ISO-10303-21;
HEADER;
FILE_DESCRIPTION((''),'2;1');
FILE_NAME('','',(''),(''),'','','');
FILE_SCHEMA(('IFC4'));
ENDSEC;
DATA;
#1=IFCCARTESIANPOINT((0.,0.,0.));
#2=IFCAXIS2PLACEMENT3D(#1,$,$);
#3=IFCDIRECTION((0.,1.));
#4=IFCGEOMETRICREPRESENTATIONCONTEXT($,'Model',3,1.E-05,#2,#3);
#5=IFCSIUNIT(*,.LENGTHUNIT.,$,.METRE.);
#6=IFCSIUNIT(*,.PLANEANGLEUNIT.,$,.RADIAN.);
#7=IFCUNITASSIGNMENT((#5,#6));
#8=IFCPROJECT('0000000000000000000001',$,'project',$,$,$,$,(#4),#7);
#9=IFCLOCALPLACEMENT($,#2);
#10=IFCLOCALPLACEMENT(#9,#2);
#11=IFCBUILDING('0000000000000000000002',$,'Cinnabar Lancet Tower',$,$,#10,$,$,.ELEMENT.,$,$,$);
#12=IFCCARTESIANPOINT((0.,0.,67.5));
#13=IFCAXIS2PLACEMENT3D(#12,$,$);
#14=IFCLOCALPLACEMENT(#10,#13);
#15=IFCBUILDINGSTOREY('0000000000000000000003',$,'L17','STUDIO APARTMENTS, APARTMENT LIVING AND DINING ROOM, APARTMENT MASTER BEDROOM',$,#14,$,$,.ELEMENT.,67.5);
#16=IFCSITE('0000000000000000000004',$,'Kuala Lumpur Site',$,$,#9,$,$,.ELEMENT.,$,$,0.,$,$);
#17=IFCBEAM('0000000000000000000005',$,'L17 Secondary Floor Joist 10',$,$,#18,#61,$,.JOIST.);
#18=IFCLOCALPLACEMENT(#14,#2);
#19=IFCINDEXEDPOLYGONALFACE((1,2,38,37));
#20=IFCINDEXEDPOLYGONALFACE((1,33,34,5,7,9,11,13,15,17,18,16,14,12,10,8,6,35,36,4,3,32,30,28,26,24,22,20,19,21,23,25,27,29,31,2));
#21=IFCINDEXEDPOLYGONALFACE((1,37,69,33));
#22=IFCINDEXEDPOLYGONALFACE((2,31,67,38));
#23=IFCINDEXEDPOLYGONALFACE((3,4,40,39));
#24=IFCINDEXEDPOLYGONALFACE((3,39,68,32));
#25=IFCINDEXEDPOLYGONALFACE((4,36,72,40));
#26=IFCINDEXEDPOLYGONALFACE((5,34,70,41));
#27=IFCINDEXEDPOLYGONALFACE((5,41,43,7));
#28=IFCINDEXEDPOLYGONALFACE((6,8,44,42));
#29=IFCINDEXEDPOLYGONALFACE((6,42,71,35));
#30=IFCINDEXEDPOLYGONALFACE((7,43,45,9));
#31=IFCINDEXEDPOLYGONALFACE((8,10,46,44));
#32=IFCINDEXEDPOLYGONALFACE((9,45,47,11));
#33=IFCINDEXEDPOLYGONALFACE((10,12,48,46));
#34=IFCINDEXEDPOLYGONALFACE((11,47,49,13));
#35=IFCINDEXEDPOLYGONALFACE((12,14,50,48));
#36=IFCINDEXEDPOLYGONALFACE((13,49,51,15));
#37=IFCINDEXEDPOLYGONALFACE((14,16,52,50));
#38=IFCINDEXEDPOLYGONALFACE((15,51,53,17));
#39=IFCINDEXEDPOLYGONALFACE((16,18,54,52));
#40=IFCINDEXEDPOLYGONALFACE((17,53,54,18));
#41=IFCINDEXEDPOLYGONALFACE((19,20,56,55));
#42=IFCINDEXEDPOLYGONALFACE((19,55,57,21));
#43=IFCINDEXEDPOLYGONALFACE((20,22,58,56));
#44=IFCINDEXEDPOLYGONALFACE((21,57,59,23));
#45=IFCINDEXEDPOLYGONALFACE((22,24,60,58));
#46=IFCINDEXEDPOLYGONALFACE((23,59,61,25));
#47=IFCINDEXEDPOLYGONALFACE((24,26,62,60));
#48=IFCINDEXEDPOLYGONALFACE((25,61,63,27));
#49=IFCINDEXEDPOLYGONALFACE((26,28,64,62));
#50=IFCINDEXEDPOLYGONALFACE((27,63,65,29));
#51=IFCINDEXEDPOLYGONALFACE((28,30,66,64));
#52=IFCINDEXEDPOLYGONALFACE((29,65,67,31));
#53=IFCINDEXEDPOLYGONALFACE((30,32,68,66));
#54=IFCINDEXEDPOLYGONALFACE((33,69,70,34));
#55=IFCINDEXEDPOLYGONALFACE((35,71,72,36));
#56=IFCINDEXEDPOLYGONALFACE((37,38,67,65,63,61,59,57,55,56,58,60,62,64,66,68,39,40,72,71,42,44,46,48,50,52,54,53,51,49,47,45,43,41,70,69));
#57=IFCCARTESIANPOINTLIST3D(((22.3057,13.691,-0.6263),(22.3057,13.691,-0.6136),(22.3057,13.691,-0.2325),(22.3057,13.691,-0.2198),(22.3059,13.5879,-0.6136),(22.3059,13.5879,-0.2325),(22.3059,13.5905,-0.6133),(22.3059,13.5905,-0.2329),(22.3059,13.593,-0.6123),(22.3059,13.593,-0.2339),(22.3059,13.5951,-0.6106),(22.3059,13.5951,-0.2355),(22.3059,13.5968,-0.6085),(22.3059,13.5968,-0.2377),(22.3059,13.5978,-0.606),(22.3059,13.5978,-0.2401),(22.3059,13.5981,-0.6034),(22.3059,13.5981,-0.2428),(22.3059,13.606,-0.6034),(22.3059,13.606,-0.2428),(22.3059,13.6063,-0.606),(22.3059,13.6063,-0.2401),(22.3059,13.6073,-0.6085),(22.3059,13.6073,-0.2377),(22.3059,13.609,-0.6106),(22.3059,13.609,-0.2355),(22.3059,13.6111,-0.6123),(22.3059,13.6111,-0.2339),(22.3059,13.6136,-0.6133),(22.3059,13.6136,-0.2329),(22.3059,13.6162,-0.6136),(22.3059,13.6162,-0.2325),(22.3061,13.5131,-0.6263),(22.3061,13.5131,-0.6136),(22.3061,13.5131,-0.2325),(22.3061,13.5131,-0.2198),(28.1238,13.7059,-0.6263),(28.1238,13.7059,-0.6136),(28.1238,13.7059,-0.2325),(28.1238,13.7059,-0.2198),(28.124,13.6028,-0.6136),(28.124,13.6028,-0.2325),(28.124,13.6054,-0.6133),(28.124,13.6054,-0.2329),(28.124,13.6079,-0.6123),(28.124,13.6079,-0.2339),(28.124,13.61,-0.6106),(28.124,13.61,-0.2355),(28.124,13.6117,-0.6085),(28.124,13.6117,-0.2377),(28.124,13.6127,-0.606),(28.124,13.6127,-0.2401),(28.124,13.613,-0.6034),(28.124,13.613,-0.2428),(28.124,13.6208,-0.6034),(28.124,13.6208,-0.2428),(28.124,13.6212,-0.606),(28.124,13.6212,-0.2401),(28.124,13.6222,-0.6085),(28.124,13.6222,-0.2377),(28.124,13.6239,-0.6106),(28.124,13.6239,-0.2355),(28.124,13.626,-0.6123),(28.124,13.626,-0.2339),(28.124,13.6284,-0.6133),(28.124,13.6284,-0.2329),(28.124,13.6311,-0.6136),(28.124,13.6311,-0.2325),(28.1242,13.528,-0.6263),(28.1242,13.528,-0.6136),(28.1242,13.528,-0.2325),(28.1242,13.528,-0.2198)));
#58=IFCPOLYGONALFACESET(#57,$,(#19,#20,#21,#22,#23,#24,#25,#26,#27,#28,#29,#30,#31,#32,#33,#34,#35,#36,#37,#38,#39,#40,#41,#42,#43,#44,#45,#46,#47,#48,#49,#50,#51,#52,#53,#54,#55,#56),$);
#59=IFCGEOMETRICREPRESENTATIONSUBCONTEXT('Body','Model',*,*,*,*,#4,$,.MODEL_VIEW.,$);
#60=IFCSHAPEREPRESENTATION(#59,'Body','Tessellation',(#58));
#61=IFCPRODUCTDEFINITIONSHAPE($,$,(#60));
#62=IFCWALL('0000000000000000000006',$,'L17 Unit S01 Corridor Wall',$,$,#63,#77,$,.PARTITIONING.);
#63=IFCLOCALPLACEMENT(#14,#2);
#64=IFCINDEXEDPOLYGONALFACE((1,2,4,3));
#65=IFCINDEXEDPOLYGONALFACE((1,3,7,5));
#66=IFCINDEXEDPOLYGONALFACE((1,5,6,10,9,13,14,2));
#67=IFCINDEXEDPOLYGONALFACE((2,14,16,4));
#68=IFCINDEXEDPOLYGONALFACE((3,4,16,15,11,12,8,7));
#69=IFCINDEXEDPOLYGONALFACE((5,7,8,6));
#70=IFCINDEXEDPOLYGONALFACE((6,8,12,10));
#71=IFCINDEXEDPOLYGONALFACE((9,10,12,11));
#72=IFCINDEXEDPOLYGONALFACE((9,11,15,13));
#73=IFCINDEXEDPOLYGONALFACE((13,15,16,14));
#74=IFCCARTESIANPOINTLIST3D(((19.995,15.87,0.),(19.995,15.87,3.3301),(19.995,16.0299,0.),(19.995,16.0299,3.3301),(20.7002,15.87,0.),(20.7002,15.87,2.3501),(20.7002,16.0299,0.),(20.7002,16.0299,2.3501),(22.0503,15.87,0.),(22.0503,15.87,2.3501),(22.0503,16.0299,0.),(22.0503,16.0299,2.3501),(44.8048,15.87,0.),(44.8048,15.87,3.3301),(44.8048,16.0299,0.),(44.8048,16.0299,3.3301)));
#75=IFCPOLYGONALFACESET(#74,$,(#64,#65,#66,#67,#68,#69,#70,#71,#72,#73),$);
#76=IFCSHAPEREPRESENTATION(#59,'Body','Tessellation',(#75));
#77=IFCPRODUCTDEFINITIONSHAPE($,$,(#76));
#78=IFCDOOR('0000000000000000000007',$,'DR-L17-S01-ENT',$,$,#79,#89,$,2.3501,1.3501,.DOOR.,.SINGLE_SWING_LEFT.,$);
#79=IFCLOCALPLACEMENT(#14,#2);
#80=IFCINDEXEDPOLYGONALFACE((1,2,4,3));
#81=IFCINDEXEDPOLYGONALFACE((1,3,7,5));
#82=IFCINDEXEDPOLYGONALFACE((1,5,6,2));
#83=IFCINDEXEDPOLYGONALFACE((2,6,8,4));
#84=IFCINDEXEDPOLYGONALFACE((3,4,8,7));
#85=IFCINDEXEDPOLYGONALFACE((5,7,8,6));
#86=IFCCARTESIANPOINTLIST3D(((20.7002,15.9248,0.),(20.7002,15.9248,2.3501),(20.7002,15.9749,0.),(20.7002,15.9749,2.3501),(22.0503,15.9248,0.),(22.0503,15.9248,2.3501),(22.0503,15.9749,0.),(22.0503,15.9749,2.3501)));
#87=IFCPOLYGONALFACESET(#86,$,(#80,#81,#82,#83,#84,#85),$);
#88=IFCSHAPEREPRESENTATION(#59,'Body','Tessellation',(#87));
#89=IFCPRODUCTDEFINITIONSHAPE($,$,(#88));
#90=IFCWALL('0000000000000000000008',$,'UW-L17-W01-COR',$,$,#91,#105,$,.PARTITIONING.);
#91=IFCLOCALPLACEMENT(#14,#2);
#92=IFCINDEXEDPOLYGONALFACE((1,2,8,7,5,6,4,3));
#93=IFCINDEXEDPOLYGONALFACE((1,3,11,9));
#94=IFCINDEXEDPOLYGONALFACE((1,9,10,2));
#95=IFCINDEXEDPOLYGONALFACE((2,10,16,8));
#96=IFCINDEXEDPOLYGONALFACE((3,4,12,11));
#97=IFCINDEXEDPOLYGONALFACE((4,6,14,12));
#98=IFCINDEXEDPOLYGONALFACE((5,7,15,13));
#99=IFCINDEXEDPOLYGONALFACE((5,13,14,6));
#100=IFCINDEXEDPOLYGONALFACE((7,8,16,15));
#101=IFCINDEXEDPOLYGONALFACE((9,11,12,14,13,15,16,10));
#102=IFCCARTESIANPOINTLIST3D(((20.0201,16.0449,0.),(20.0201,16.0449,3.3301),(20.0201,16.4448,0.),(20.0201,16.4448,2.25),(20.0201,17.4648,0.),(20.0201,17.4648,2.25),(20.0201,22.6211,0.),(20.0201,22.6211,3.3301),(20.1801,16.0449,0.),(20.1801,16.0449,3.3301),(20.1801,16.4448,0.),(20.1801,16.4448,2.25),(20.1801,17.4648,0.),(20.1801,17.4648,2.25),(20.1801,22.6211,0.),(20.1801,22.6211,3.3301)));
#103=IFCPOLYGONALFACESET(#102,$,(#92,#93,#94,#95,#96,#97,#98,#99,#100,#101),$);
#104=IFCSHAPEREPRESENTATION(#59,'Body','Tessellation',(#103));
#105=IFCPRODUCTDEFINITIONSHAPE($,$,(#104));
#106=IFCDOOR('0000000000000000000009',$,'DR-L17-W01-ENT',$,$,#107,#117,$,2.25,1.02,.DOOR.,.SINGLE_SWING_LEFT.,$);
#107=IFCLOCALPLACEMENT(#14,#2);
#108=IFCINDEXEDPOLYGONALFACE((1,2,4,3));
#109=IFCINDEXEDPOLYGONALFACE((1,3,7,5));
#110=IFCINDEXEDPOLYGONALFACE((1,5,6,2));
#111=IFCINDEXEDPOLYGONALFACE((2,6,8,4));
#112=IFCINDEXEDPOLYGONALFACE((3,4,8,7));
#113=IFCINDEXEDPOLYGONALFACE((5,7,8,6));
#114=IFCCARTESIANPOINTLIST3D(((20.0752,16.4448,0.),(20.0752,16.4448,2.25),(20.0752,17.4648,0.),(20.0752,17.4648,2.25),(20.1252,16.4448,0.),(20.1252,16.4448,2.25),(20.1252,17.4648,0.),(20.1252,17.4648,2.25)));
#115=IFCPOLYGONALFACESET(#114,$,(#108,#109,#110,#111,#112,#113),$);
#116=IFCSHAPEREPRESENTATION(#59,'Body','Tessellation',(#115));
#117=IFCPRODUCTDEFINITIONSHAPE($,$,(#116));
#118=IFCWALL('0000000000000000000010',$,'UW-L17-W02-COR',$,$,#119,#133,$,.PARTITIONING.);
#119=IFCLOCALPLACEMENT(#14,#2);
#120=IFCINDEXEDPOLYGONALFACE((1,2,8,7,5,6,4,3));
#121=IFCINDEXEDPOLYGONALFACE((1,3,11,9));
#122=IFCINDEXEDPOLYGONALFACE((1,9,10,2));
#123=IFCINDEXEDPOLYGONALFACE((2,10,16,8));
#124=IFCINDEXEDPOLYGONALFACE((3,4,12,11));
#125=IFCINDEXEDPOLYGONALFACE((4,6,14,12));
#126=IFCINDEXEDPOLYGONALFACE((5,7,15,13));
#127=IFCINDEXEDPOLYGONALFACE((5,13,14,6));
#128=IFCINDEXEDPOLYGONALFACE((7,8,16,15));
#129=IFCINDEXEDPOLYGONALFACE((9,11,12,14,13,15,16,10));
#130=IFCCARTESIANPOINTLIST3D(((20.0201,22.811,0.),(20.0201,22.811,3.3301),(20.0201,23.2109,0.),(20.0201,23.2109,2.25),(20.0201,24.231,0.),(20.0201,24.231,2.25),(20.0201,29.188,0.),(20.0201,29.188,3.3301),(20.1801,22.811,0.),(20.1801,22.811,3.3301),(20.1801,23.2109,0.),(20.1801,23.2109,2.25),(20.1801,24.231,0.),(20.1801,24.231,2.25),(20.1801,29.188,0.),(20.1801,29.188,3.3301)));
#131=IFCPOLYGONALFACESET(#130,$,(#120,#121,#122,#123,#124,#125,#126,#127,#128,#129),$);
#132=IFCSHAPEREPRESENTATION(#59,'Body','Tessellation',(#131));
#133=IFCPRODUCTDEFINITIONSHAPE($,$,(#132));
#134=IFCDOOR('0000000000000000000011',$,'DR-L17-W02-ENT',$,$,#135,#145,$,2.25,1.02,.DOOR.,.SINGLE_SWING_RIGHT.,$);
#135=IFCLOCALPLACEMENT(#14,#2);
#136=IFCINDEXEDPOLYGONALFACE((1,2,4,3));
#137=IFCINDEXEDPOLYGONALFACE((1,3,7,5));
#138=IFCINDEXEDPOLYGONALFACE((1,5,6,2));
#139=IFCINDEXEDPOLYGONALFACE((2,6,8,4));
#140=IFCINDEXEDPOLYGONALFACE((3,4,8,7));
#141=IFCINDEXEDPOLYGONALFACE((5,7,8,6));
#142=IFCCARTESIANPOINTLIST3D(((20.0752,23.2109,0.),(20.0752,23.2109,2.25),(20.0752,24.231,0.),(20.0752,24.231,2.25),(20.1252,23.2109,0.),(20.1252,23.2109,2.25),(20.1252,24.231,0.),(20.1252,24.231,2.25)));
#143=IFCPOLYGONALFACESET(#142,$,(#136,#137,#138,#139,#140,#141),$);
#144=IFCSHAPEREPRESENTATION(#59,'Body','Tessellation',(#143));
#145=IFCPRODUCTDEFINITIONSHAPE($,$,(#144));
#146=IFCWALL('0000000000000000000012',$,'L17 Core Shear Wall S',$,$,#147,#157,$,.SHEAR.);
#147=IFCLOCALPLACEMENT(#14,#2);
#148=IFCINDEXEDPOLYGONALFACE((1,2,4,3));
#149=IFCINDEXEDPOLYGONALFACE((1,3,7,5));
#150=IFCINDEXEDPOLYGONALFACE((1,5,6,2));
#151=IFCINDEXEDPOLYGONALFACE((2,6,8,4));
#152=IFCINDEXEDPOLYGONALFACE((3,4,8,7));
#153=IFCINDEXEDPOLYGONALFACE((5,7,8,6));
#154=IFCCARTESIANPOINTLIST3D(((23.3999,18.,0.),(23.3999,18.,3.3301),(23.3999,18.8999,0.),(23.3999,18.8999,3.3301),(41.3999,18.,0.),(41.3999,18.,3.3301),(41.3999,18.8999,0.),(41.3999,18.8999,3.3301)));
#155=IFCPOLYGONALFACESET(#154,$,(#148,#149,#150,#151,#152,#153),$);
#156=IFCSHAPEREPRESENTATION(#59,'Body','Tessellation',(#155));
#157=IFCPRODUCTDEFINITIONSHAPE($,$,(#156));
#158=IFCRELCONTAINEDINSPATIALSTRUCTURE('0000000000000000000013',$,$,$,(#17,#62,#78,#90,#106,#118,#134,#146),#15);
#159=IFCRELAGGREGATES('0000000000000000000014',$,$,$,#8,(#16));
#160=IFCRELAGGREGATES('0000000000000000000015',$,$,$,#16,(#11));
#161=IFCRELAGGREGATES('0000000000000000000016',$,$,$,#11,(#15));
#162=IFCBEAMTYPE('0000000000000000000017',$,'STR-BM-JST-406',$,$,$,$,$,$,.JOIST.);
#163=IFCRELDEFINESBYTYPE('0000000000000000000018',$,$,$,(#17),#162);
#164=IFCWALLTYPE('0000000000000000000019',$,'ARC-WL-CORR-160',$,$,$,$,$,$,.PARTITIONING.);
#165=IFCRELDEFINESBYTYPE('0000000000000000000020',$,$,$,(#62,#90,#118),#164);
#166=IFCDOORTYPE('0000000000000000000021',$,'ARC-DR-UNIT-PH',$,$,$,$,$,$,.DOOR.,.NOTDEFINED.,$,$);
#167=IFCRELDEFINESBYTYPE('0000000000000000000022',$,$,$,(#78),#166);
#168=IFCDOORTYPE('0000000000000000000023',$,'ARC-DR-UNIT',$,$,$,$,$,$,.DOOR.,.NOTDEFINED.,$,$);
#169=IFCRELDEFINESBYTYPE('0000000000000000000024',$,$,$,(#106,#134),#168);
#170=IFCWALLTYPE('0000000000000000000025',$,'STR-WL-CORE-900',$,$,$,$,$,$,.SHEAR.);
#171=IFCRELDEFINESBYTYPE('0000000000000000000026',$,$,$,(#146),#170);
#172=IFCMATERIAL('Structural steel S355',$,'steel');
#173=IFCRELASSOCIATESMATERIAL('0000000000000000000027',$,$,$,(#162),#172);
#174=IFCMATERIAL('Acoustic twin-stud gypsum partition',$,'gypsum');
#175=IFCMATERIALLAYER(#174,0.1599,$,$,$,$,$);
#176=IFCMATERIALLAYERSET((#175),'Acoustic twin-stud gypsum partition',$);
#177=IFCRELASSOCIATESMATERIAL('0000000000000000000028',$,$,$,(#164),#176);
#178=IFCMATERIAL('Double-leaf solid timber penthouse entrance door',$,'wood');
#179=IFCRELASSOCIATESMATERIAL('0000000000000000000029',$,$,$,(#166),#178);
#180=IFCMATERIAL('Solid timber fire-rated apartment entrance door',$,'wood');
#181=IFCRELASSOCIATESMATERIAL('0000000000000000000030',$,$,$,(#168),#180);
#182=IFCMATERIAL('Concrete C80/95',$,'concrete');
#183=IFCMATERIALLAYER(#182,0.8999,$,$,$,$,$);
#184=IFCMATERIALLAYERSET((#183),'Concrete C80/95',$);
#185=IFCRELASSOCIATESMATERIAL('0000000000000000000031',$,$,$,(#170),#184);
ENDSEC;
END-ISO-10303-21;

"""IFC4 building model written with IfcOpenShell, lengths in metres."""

from ifc_helpers import new_model, si_unit, direction, frame, frame_2d, origin, origin_2d, place, context, subcontext, project, spatial, rectangle, i_section, extrude, material, layer, layer_set, material_profile, profile_set, type_object, element, fill, save


model = new_model("IFC4")

# Units and contexts
model_context = context("Model", 3, precision=1e-05, world=origin(), true_north=direction((0.0, 1.0)))
body_context = subcontext(model_context, "Body", "Model", "MODEL_VIEW")
ifc_project = project(units=[si_unit("LENGTHUNIT", "METRE"), si_unit("PLANEANGLEUNIT", "RADIAN")], contexts=[model_context])

# Site, building, storey
site_placement = place(None, origin())
site = spatial("IfcSite", under=ifc_project, at=site_placement, Name="Kuala Lumpur Site", CompositionType="ELEMENT", RefElevation=0.0)
building_placement = place(site_placement, origin())
building = spatial("IfcBuilding", under=site, at=building_placement, Name="Cinnabar Lancet Tower", CompositionType="ELEMENT")
storey_placement = place(building_placement, frame((0.0, 0.0, 67.5)))
storey = spatial("IfcBuildingStorey", under=building, at=storey_placement, Name="L17", Description="STUDIO APARTMENTS, APARTMENT LIVING AND DINING ROOM, APARTMENT MASTER BEDROOM", CompositionType="ELEMENT", Elevation=67.5)

# Beam
ifc_material_1 = material(Name="Structural steel S355", Category="steel")
ifc_material_profile_1 = material_profile(ifc_material_1, i_section(OverallWidth=0.178, OverallDepth=0.4065, WebThickness=0.0078, FlangeThickness=0.0127, FilletRadius=0.0103, at=origin_2d()), Name="UKB 406x178x60")
ifc_profile_set_1 = profile_set([ifc_material_profile_1], Name="Structural steel S355")
beam_type = type_object("IfcBeamType", Name="STR-BM-JST-406", PredefinedType="JOIST", material=ifc_profile_set_1)
beam_1_placement = place(storey_placement, frame((22.3059, 13.6021, -0.4231), z_axis=(0.999997, 0.00256, 0.0), x_axis=(-0.00256, 0.999997, 0.0)))
element("IfcBeam", 1, at=beam_1_placement, inside=storey, type_object=beam_type, Name="L17 Secondary Floor Joist 10", PredefinedType="JOIST", context=body_context, shape_type="SweptSolid", body=[
    extrude(i_section(OverallWidth=0.178, OverallDepth=0.4065, WebThickness=0.0078, FlangeThickness=0.0127, FilletRadius=0.0103, at=origin_2d()), origin(), (0.0, 0.0, 1.0), 5.8181),
])

# Walls, openings, doors
ifc_material_2 = material(Name="Acoustic twin-stud gypsum partition", Category="gypsum")
ifc_layer_1 = layer(ifc_material_2, 0.1599)
ifc_layer_set_1 = layer_set([ifc_layer_1], Name="Acoustic twin-stud gypsum partition")
wall_type_1 = type_object("IfcWallType", Name="ARC-WL-CORR-160", PredefinedType="PARTITIONING", material=ifc_layer_set_1)
wall_1_placement = place(storey_placement, frame((19.9951, 15.95, 0.0), z_axis=(0.0, 0.0, 1.0), x_axis=(1.0, 0.0, 0.0)))
wall_1 = element("IfcWall", 2, at=wall_1_placement, inside=storey, type_object=wall_type_1, Name="L17 Unit S01 Corridor Wall", PredefinedType="PARTITIONING", context=body_context, shape_type="SweptSolid", body=[
    extrude(rectangle(XDim=24.8098, YDim=0.1599, at=frame_2d((12.4048, 0.0))), origin(), (0.0, 0.0, 1.0), 3.3301),
])
opening_1_placement = place(wall_1_placement, frame((0.7051, 0.0, 0.0)))
opening_1 = element("IfcOpeningElement", 3, at=opening_1_placement, cuts=wall_1, PredefinedType="OPENING", context=body_context, shape_type="SweptSolid", body=[
    extrude(rectangle(XDim=1.3501, YDim=2.3501, at=frame_2d((0.675, 1.175))), frame((0.0, 0.0898, 0.0), z_axis=(0.0, -1.0, 0.0), x_axis=(1.0, 0.0, 0.0)), (0.0, 0.0, 1.0), 0.1799),
])
ifc_material_3 = material(Name="Double-leaf solid timber penthouse entrance door", Category="wood")
door_type_1 = type_object("IfcDoorType", Name="ARC-DR-UNIT-PH", OperationType="NOTDEFINED", PredefinedType="DOOR", material=ifc_material_3)
door_1_placement = place(opening_1_placement, origin())
door_1 = element("IfcDoor", 4, at=door_1_placement, inside=storey, type_object=door_type_1, Name="DR-L17-S01-ENT", OperationType="SINGLE_SWING_LEFT", OverallHeight=2.3501, OverallWidth=1.3501, PredefinedType="DOOR", context=body_context, shape_type="SweptSolid", body=[
    extrude(rectangle(XDim=1.3501, YDim=2.3501, at=frame_2d((0.675, 1.175))), frame((0.0, 0.0249, 0.0), z_axis=(0.0, -1.0, 0.0), x_axis=(1.0, 0.0, 0.0)), (0.0, 0.0, 1.0), 0.05),
])
fill(opening_1, door_1)
wall_2_placement = place(storey_placement, frame((20.1001, 16.0449, 0.0), z_axis=(0.0, 0.0, 1.0), x_axis=(0.0, 1.0, 0.0)))
wall_2 = element("IfcWall", 5, at=wall_2_placement, inside=storey, type_object=wall_type_1, Name="UW-L17-W01-COR", PredefinedType="PARTITIONING", context=body_context, shape_type="SweptSolid", body=[
    extrude(rectangle(XDim=6.5762, YDim=0.1599, at=frame_2d((3.2881, 0.0))), origin(), (0.0, 0.0, 1.0), 3.3301),
])
opening_2_placement = place(wall_2_placement, frame((0.3999, 0.0, 0.0)))
opening_2 = element("IfcOpeningElement", 6, at=opening_2_placement, cuts=wall_2, PredefinedType="OPENING", context=body_context, shape_type="SweptSolid", body=[
    extrude(rectangle(XDim=1.02, YDim=2.25, at=frame_2d((0.51, 1.125))), frame((0.0, 0.0898, 0.0), z_axis=(0.0, -1.0, 0.0), x_axis=(1.0, 0.0, 0.0)), (0.0, 0.0, 1.0), 0.1799),
])
ifc_material_4 = material(Name="Solid timber fire-rated apartment entrance door", Category="wood")
door_type_2 = type_object("IfcDoorType", Name="ARC-DR-UNIT", OperationType="NOTDEFINED", PredefinedType="DOOR", material=ifc_material_4)
door_2_placement = place(opening_2_placement, origin())
door_2 = element("IfcDoor", 7, at=door_2_placement, inside=storey, type_object=door_type_2, Name="DR-L17-W01-ENT", OperationType="SINGLE_SWING_LEFT", OverallHeight=2.25, OverallWidth=1.02, PredefinedType="DOOR", context=body_context, shape_type="SweptSolid", body=[
    extrude(rectangle(XDim=1.02, YDim=2.25, at=frame_2d((0.51, 1.125))), frame((0.0, 0.0249, 0.0), z_axis=(0.0, -1.0, 0.0), x_axis=(1.0, 0.0, 0.0)), (0.0, 0.0, 1.0), 0.05),
])
fill(opening_2, door_2)
wall_3_placement = place(storey_placement, frame((20.1001, 22.811, 0.0), z_axis=(0.0, 0.0, 1.0), x_axis=(0.0, 1.0, 0.0)))
wall_3 = element("IfcWall", 8, at=wall_3_placement, inside=storey, type_object=wall_type_1, Name="UW-L17-W02-COR", PredefinedType="PARTITIONING", context=body_context, shape_type="SweptSolid", body=[
    extrude(rectangle(XDim=6.377, YDim=0.1599, at=frame_2d((3.1885, 0.0))), origin(), (0.0, 0.0, 1.0), 3.3301),
])
opening_3_placement = place(wall_3_placement, frame((0.3999, 0.0, 0.0)))
opening_3 = element("IfcOpeningElement", 9, at=opening_3_placement, cuts=wall_3, PredefinedType="OPENING", context=body_context, shape_type="SweptSolid", body=[
    extrude(rectangle(XDim=1.02, YDim=2.25, at=frame_2d((0.51, 1.125))), frame((0.0, 0.0898, 0.0), z_axis=(0.0, -1.0, 0.0), x_axis=(1.0, 0.0, 0.0)), (0.0, 0.0, 1.0), 0.1799),
])
door_3_placement = place(opening_3_placement, origin())
door_3 = element("IfcDoor", 10, at=door_3_placement, inside=storey, type_object=door_type_2, Name="DR-L17-W02-ENT", OperationType="SINGLE_SWING_RIGHT", OverallHeight=2.25, OverallWidth=1.02, PredefinedType="DOOR", context=body_context, shape_type="SweptSolid", body=[
    extrude(rectangle(XDim=1.02, YDim=2.25, at=frame_2d((0.51, 1.125))), frame((0.0, 0.0249, 0.0), z_axis=(0.0, -1.0, 0.0), x_axis=(1.0, 0.0, 0.0)), (0.0, 0.0, 1.0), 0.05),
])
fill(opening_3, door_3)

# Wall
ifc_material_5 = material(Name="Concrete C80/95", Category="concrete")
ifc_layer_2 = layer(ifc_material_5, 0.8999)
ifc_layer_set_2 = layer_set([ifc_layer_2], Name="Concrete C80/95")
wall_type_2 = type_object("IfcWallType", Name="STR-WL-CORE-900", PredefinedType="SHEAR", material=ifc_layer_set_2)
wall_4_placement = place(storey_placement, frame((23.3999, 18.45, 0.0), z_axis=(0.0, 0.0, 1.0), x_axis=(1.0, 0.0, 0.0)))
element("IfcWall", 11, at=wall_4_placement, inside=storey, type_object=wall_type_2, Name="L17 Core Shear Wall S", PredefinedType="SHEAR", context=body_context, shape_type="SweptSolid", body=[
    extrude(rectangle(XDim=18.0, YDim=0.8999, at=frame_2d((9.0, 0.0))), origin(), (0.0, 0.0, 1.0), 3.3301),
])

save(model, "model.ifc")
